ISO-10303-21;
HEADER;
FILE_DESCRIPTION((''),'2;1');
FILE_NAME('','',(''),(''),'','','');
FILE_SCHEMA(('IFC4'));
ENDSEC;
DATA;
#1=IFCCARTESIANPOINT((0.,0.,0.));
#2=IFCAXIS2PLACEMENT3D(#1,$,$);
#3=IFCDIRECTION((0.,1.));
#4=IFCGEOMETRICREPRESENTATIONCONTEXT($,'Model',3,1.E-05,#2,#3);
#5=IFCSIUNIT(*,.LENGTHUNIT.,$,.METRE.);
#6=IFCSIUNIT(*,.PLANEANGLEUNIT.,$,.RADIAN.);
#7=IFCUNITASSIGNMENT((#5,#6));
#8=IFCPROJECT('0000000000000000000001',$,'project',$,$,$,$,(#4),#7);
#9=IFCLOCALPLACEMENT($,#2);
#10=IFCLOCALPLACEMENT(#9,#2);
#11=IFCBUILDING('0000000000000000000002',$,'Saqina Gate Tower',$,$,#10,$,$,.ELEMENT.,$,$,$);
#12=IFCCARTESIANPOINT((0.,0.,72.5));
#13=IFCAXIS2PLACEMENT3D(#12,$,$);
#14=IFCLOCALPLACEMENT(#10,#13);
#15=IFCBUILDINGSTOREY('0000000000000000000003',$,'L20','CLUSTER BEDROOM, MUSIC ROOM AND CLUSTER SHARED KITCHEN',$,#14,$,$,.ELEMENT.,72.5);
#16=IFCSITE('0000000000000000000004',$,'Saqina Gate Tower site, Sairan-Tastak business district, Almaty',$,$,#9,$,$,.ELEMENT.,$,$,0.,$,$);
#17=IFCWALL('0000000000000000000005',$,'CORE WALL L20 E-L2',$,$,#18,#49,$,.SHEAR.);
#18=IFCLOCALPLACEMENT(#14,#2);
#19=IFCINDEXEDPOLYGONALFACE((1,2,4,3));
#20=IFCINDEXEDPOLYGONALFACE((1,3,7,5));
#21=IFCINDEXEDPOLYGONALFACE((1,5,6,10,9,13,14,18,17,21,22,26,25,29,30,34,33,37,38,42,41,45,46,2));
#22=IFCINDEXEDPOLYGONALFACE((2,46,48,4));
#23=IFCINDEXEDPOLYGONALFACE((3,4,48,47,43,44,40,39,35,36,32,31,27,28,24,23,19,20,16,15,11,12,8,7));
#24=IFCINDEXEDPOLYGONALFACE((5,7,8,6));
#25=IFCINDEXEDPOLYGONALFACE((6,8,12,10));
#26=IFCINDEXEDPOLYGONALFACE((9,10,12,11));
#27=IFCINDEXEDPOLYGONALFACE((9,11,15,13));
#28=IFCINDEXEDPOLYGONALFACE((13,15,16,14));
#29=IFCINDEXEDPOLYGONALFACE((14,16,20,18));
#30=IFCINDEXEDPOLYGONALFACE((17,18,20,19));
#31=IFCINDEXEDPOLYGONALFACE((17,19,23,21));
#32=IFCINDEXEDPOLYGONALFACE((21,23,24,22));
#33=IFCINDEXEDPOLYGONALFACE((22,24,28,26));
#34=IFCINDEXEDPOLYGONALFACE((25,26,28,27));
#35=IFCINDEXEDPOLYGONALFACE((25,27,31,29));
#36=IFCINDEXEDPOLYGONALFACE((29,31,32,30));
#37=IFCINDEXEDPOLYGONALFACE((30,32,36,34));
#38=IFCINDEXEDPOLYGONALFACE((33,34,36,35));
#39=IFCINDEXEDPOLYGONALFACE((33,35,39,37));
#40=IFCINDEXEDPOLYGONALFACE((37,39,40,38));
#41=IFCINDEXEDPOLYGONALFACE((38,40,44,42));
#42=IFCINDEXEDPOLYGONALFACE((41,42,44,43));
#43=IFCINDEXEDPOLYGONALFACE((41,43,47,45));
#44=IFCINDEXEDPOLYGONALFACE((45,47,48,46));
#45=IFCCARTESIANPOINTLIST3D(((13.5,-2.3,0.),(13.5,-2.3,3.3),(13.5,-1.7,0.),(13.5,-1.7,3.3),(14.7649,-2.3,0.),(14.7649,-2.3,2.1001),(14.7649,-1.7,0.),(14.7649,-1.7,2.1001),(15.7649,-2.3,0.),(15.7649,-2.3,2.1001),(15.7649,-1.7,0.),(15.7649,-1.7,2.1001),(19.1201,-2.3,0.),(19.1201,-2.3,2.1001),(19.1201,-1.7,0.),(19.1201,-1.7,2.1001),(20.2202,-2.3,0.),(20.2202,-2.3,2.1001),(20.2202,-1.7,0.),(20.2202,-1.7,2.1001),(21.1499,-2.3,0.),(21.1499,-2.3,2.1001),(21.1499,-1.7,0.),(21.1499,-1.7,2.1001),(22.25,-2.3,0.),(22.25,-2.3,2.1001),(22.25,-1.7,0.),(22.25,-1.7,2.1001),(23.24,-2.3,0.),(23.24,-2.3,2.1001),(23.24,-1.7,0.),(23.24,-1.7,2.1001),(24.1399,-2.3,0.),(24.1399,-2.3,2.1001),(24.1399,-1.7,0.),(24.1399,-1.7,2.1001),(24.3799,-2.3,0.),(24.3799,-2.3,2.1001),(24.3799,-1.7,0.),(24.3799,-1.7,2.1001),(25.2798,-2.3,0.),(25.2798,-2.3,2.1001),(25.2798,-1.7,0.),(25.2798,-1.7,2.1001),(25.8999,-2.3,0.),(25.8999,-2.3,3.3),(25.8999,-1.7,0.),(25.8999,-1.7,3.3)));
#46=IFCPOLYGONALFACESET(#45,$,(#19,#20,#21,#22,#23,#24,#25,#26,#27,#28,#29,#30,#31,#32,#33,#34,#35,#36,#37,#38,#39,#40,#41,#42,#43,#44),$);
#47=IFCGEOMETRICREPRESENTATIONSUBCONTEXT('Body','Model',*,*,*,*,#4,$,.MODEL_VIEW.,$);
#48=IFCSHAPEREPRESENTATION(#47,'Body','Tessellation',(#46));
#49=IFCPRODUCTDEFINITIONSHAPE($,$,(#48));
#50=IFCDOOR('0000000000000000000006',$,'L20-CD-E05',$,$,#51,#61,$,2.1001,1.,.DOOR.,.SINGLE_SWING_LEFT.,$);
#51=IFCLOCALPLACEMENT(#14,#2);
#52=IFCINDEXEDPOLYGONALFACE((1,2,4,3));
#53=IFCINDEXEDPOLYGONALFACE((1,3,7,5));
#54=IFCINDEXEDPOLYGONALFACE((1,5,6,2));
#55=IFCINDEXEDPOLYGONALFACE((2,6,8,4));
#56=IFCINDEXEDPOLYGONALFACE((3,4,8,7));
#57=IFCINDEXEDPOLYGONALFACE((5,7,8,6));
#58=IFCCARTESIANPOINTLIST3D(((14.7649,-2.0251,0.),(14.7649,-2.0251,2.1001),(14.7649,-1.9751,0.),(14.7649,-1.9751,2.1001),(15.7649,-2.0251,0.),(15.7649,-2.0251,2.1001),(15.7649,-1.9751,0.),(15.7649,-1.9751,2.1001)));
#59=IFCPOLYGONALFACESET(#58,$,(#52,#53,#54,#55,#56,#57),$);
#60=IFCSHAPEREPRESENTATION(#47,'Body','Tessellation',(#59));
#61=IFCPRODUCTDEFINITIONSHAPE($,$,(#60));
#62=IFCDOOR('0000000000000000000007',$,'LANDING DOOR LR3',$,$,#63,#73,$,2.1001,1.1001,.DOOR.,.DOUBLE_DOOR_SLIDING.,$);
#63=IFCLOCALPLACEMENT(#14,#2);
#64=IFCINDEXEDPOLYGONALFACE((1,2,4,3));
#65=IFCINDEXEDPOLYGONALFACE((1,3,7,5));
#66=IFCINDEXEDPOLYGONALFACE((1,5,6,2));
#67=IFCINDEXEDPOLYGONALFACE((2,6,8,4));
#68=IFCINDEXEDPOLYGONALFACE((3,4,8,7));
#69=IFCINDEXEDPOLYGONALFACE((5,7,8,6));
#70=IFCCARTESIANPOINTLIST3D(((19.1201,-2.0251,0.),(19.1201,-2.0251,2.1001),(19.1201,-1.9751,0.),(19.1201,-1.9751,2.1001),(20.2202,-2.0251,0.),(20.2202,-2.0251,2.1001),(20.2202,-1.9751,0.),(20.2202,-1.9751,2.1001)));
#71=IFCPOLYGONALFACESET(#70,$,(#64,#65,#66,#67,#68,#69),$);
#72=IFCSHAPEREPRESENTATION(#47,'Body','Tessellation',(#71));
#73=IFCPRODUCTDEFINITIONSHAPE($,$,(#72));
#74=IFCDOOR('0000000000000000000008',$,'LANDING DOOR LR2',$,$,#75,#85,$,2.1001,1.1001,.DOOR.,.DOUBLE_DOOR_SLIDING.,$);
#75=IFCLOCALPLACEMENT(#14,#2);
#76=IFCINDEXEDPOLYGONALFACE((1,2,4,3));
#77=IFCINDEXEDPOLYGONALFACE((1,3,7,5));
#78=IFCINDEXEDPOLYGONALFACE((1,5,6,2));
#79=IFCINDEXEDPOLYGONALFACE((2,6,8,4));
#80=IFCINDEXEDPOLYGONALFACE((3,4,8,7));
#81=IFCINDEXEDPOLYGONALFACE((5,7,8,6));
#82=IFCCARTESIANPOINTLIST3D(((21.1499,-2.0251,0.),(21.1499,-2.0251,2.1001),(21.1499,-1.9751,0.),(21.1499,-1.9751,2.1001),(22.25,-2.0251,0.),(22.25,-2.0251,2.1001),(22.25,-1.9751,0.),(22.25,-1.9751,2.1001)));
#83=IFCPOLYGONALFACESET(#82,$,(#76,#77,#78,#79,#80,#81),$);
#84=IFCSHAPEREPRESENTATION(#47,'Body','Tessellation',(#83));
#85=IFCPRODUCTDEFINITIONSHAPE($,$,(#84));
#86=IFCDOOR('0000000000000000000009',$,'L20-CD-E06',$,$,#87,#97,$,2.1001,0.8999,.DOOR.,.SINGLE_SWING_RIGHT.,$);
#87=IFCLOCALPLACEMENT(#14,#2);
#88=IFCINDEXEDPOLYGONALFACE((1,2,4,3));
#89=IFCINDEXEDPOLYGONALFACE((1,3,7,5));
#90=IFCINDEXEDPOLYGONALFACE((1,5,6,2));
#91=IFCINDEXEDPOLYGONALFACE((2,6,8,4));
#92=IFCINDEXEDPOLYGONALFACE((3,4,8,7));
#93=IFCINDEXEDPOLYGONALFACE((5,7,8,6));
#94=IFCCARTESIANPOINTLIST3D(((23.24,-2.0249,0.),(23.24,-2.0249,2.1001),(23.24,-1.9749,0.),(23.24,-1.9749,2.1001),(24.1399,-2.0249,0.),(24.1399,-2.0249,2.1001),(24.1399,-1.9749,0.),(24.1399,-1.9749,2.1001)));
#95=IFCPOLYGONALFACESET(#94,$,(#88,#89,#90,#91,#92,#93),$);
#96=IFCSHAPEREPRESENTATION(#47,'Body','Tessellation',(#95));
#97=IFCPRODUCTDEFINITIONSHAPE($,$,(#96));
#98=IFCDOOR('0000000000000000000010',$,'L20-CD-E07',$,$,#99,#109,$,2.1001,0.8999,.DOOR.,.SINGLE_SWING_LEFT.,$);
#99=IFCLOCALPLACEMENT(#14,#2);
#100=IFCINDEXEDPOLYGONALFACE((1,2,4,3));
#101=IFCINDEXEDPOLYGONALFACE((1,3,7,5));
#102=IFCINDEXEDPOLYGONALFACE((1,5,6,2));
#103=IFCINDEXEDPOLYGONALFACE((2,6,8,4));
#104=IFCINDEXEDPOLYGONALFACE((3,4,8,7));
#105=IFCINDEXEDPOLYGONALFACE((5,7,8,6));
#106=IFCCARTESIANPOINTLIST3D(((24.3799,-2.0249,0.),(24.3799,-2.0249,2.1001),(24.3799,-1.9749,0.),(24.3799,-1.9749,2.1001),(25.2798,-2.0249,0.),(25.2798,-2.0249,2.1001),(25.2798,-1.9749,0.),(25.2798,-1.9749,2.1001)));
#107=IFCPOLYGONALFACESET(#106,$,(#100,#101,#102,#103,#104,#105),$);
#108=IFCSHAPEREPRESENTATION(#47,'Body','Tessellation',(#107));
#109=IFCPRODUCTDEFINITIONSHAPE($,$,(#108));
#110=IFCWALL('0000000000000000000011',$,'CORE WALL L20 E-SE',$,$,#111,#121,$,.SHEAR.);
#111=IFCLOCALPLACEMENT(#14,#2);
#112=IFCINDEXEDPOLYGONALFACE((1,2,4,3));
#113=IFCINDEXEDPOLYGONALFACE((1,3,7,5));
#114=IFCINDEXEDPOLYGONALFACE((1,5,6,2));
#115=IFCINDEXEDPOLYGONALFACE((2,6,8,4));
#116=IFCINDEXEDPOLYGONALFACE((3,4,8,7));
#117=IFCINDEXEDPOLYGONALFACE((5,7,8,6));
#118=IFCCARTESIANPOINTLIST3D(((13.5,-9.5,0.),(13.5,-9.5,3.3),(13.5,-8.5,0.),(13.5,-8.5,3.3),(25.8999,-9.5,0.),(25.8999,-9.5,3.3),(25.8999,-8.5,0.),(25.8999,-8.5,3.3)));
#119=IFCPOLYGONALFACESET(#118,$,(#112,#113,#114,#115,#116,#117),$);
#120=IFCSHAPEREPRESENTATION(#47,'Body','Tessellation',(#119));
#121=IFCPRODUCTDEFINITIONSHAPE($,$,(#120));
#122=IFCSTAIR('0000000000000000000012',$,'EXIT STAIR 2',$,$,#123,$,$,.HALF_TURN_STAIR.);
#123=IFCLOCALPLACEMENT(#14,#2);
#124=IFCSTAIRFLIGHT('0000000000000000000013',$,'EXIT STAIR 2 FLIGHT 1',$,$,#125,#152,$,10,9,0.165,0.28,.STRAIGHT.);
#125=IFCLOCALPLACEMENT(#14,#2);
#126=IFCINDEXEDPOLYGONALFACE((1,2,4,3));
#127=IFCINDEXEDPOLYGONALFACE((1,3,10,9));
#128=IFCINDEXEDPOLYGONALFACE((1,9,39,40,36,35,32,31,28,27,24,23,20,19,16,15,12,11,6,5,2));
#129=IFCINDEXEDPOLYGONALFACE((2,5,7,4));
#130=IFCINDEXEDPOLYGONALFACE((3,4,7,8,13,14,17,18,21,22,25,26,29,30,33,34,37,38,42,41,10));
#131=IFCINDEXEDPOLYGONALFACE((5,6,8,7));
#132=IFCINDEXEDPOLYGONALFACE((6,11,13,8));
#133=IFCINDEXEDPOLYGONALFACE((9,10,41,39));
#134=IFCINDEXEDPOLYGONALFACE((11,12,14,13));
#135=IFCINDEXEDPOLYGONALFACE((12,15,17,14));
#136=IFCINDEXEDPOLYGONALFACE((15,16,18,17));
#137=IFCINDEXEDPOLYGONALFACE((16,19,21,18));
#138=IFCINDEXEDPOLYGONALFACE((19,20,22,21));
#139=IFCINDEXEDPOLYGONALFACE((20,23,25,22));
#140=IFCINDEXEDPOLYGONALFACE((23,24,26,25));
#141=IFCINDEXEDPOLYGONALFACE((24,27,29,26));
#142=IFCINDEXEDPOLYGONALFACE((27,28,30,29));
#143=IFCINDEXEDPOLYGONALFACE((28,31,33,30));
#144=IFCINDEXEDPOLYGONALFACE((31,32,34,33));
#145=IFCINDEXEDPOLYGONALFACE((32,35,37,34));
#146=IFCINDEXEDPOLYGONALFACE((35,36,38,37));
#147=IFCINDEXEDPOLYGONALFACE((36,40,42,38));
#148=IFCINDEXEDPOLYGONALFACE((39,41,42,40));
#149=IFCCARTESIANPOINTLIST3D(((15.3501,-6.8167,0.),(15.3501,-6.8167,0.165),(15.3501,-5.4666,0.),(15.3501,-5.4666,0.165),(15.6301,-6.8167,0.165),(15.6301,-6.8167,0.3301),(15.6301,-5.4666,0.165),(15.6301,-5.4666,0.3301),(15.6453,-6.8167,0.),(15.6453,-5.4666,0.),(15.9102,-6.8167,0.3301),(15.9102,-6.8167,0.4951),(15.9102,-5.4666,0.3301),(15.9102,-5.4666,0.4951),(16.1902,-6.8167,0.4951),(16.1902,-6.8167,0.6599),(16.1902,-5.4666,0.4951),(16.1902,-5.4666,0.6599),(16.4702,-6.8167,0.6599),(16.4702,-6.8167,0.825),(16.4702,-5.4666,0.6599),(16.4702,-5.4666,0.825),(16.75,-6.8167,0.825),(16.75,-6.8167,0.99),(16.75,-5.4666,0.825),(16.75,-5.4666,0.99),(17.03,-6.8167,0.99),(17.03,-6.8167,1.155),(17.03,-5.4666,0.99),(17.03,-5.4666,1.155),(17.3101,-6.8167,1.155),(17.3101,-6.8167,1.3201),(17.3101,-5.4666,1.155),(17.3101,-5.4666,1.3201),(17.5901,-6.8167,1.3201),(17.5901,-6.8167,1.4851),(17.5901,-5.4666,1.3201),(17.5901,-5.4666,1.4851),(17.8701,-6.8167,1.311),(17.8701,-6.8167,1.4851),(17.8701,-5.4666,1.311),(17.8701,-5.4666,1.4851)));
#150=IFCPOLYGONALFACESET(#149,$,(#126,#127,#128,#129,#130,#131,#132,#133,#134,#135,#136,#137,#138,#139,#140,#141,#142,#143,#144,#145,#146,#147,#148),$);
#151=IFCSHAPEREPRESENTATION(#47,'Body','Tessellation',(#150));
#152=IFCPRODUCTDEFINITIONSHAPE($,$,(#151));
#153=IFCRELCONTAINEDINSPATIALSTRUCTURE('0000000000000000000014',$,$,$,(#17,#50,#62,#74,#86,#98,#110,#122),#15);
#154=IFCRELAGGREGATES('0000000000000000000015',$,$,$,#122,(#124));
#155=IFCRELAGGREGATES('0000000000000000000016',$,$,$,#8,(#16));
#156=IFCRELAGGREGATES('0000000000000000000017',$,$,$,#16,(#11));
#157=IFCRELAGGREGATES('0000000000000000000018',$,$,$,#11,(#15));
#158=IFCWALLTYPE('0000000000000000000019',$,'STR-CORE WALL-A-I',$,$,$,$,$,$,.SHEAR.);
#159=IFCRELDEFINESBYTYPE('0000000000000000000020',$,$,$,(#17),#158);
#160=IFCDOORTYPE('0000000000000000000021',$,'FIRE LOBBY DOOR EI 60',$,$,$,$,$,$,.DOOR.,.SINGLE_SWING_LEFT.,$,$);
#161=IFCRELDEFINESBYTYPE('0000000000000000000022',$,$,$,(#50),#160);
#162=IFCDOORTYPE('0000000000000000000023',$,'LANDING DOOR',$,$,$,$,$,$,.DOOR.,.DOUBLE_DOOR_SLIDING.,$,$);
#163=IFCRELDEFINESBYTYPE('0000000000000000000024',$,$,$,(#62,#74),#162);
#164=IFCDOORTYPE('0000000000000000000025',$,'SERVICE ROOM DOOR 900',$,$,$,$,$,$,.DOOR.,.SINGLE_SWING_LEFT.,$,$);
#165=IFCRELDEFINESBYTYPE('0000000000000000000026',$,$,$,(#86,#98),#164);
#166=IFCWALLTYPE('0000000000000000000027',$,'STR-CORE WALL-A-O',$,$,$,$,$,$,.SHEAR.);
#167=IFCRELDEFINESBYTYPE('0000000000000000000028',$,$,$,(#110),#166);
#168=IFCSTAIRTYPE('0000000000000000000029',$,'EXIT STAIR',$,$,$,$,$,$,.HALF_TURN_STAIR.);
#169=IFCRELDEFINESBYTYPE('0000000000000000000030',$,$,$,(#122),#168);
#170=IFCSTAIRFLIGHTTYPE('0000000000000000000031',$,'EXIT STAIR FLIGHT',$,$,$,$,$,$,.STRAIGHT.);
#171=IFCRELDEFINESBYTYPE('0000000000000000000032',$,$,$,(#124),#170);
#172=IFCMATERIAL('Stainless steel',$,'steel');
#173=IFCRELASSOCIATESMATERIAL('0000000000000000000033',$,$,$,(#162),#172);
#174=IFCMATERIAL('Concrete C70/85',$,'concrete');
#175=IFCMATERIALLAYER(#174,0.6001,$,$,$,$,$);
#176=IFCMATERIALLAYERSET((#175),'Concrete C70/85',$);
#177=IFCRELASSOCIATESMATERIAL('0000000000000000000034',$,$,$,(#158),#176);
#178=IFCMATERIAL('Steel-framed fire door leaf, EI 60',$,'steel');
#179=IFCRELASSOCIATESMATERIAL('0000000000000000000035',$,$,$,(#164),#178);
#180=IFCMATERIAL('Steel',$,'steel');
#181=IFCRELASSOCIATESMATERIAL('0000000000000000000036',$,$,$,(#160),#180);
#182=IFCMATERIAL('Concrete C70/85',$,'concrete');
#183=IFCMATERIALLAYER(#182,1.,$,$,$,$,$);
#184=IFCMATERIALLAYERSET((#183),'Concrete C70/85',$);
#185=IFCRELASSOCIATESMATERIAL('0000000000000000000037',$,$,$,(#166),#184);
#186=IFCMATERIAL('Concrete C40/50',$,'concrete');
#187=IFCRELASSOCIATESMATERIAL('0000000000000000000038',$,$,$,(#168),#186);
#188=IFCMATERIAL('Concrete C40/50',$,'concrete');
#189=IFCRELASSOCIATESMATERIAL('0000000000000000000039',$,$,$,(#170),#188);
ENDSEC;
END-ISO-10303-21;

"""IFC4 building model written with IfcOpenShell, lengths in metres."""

from ifc_helpers import new_model, si_unit, direction, frame, frame_2d, origin, place, context, subcontext, project, spatial, polyline, rectangle, outline, extrude, material, layer, layer_set, type_object, element, fill, aggregate, save


model = new_model("IFC4")

# Units and contexts
model_context = context("Model", 3, precision=1e-05, world=origin(), true_north=direction((0.0, 1.0)))
body_context = subcontext(model_context, "Body", "Model", "MODEL_VIEW")
ifc_project = project(units=[si_unit("LENGTHUNIT", "METRE"), si_unit("PLANEANGLEUNIT", "RADIAN")], contexts=[model_context])

# Site, building, storey
site_placement = place(None, origin())
site = spatial("IfcSite", under=ifc_project, at=site_placement, Name="Saqina Gate Tower site, Sairan-Tastak business district, Almaty", CompositionType="ELEMENT", RefElevation=0.0)
building_placement = place(site_placement, origin())
building = spatial("IfcBuilding", under=site, at=building_placement, Name="Saqina Gate Tower", CompositionType="ELEMENT")
storey_placement = place(building_placement, frame((0.0, 0.0, 72.5)))
storey = spatial("IfcBuildingStorey", under=building, at=storey_placement, Name="L20", Description="CLUSTER BEDROOM, MUSIC ROOM AND CLUSTER SHARED KITCHEN", CompositionType="ELEMENT", Elevation=72.5)

# Shared definitions
ifc_material_1 = material(Name="Stainless steel", Category="steel")
door_type_1 = type_object("IfcDoorType", Name="LANDING DOOR", OperationType="DOUBLE_DOOR_SLIDING", PredefinedType="DOOR", material=ifc_material_1)

# Wall, openings, doors
ifc_material_2 = material(Name="Concrete C70/85", Category="concrete")
ifc_layer_1 = layer(ifc_material_2, 0.6001)
ifc_layer_set_1 = layer_set([ifc_layer_1], Name="Concrete C70/85")
wall_type_1 = type_object("IfcWallType", Name="STR-CORE WALL-A-I", PredefinedType="SHEAR", material=ifc_layer_set_1)
ifc_material_3 = material(Name="Steel-framed fire door leaf, EI 60", Category="steel")
door_type_2 = type_object("IfcDoorType", Name="SERVICE ROOM DOOR 900", OperationType="SINGLE_SWING_LEFT", PredefinedType="DOOR", material=ifc_material_3)
wall_1_placement = place(storey_placement, frame((13.5, -2.0, 0.0), z_axis=(0.0, 0.0, 1.0), x_axis=(1.0, 0.0, 0.0)))
wall_1 = element("IfcWall", 1, at=wall_1_placement, inside=storey, type_object=wall_type_1, Name="CORE WALL L20 E-L2", PredefinedType="SHEAR", context=body_context, shape_type="SweptSolid", body=[
    extrude(rectangle(XDim=12.3999, YDim=0.6001, at=frame_2d((6.2, 0.0))), origin(), (0.0, 0.0, 1.0), 3.3),
])
opening_1_placement = place(wall_1_placement, frame((5.6201, 0.0, 0.0)))
opening_1 = element("IfcOpeningElement", 2, at=opening_1_placement, cuts=wall_1, PredefinedType="OPENING", context=body_context, shape_type="SweptSolid", body=[
    extrude(rectangle(XDim=1.1001, YDim=2.1001, at=frame_2d((0.55, 1.05))), frame((0.0, 0.312, 0.0), z_axis=(0.0, -1.0, 0.0), x_axis=(1.0, 0.0, 0.0)), (0.0, 0.0, 1.0), 0.624),
])
opening_2_placement = place(wall_1_placement, frame((7.6499, 0.0, 0.0)))
opening_2 = element("IfcOpeningElement", 3, at=opening_2_placement, cuts=wall_1, PredefinedType="OPENING", context=body_context, shape_type="SweptSolid", body=[
    extrude(rectangle(XDim=1.1001, YDim=2.1001, at=frame_2d((0.55, 1.05))), frame((0.0, 0.312, 0.0), z_axis=(0.0, -1.0, 0.0), x_axis=(1.0, 0.0, 0.0)), (0.0, 0.0, 1.0), 0.624),
])
opening_3_placement = place(wall_1_placement, frame((1.2649, 0.0, 0.0)))
opening_3 = element("IfcOpeningElement", 4, at=opening_3_placement, cuts=wall_1, PredefinedType="OPENING", context=body_context, shape_type="SweptSolid", body=[
    extrude(rectangle(XDim=1.0, YDim=2.1001, at=frame_2d((0.5, 1.05))), frame((0.0, 0.312, 0.0), z_axis=(0.0, -1.0, 0.0), x_axis=(1.0, 0.0, 0.0)), (0.0, 0.0, 1.0), 0.624),
])
opening_4_placement = place(wall_1_placement, frame((9.74, 0.0, 0.0)))
opening_4 = element("IfcOpeningElement", 5, at=opening_4_placement, cuts=wall_1, PredefinedType="OPENING", context=body_context, shape_type="SweptSolid", body=[
    extrude(rectangle(XDim=0.8999, YDim=2.1001, at=frame_2d((0.45, 1.05))), frame((0.0, 0.312, 0.0), z_axis=(0.0, -1.0, 0.0), x_axis=(1.0, 0.0, 0.0)), (0.0, 0.0, 1.0), 0.624),
])
opening_5_placement = place(wall_1_placement, frame((10.8799, 0.0, 0.0)))
opening_5 = element("IfcOpeningElement", 6, at=opening_5_placement, cuts=wall_1, PredefinedType="OPENING", context=body_context, shape_type="SweptSolid", body=[
    extrude(rectangle(XDim=0.8999, YDim=2.1001, at=frame_2d((0.45, 1.05))), frame((0.0, 0.312, 0.0), z_axis=(0.0, -1.0, 0.0), x_axis=(1.0, 0.0, 0.0)), (0.0, 0.0, 1.0), 0.624),
])
ifc_material_4 = material(Name="Steel", Category="steel")
door_type_3 = type_object("IfcDoorType", Name="FIRE LOBBY DOOR EI 60", OperationType="SINGLE_SWING_LEFT", PredefinedType="DOOR", material=ifc_material_4)
door_1_placement = place(opening_3_placement, origin())
door_1 = element("IfcDoor", 7, at=door_1_placement, inside=storey, type_object=door_type_3, Name="L20-CD-E05", OperationType="SINGLE_SWING_LEFT", OverallHeight=2.1001, OverallWidth=1.0, PredefinedType="DOOR", context=body_context, shape_type="SweptSolid", body=[
    extrude(rectangle(XDim=1.0, YDim=2.1001, at=frame_2d((0.5, 1.05))), frame((0.0, 0.0249, 0.0), z_axis=(0.0, -1.0, 0.0), x_axis=(1.0, 0.0, 0.0)), (0.0, 0.0, 1.0), 0.05),
])
fill(opening_3, door_1)
door_2_placement = place(opening_1_placement, origin())
door_2 = element("IfcDoor", 8, at=door_2_placement, inside=storey, type_object=door_type_1, Name="LANDING DOOR LR3", OperationType="DOUBLE_DOOR_SLIDING", OverallHeight=2.1001, OverallWidth=1.1001, PredefinedType="DOOR", context=body_context, shape_type="SweptSolid", body=[
    extrude(rectangle(XDim=1.1001, YDim=2.1001, at=frame_2d((0.55, 1.05))), frame((0.0, 0.0249, 0.0), z_axis=(0.0, -1.0, 0.0), x_axis=(1.0, 0.0, 0.0)), (0.0, 0.0, 1.0), 0.05),
])
fill(opening_1, door_2)
door_3_placement = place(opening_2_placement, origin())
door_3 = element("IfcDoor", 9, at=door_3_placement, inside=storey, type_object=door_type_1, Name="LANDING DOOR LR2", OperationType="DOUBLE_DOOR_SLIDING", OverallHeight=2.1001, OverallWidth=1.1001, PredefinedType="DOOR", context=body_context, shape_type="SweptSolid", body=[
    extrude(rectangle(XDim=1.1001, YDim=2.1001, at=frame_2d((0.55, 1.05))), frame((0.0, 0.0249, 0.0), z_axis=(0.0, -1.0, 0.0), x_axis=(1.0, 0.0, 0.0)), (0.0, 0.0, 1.0), 0.05),
])
fill(opening_2, door_3)
door_4_placement = place(opening_4_placement, frame((0.8999, 0.0, 0.0), z_axis=(0.0, 0.0, 1.0), x_axis=(-1.0, 0.0, 0.0)))
door_4 = element("IfcDoor", 10, at=door_4_placement, inside=storey, type_object=door_type_2, Name="L20-CD-E06", OperationType="SINGLE_SWING_RIGHT", OverallHeight=2.1001, OverallWidth=0.8999, PredefinedType="DOOR", context=body_context, shape_type="SweptSolid", body=[
    extrude(rectangle(XDim=0.8999, YDim=2.1001, at=frame_2d((0.45, 1.05))), frame((0.0, 0.0249, 0.0), z_axis=(0.0, -1.0, 0.0), x_axis=(1.0, 0.0, 0.0)), (0.0, 0.0, 1.0), 0.05),
])
fill(opening_4, door_4)
door_5_placement = place(opening_5_placement, frame((0.8999, 0.0, 0.0), z_axis=(0.0, 0.0, 1.0), x_axis=(-1.0, 0.0, 0.0)))
door_5 = element("IfcDoor", 11, at=door_5_placement, inside=storey, type_object=door_type_2, Name="L20-CD-E07", OperationType="SINGLE_SWING_LEFT", OverallHeight=2.1001, OverallWidth=0.8999, PredefinedType="DOOR", context=body_context, shape_type="SweptSolid", body=[
    extrude(rectangle(XDim=0.8999, YDim=2.1001, at=frame_2d((0.45, 1.05))), frame((0.0, 0.0249, 0.0), z_axis=(0.0, -1.0, 0.0), x_axis=(1.0, 0.0, 0.0)), (0.0, 0.0, 1.0), 0.05),
])
fill(opening_5, door_5)
ifc_material_5 = material(Name="Concrete C70/85", Category="concrete")
ifc_layer_2 = layer(ifc_material_5, 1.0)
ifc_layer_set_2 = layer_set([ifc_layer_2], Name="Concrete C70/85")
wall_type_2 = type_object("IfcWallType", Name="STR-CORE WALL-A-O", PredefinedType="SHEAR", material=ifc_layer_set_2)

# Wall
wall_2_placement = place(storey_placement, frame((13.5, -9.0, 0.0), z_axis=(0.0, 0.0, 1.0), x_axis=(1.0, 0.0, 0.0)))
element("IfcWall", 12, at=wall_2_placement, inside=storey, type_object=wall_type_2, Name="CORE WALL L20 E-SE", PredefinedType="SHEAR", context=body_context, shape_type="SweptSolid", body=[
    extrude(rectangle(XDim=12.3999, YDim=1.0, at=frame_2d((6.2, 0.0))), origin(), (0.0, 0.0, 1.0), 3.3),
])

# Stair, stair flight
ifc_material_6 = material(Name="Concrete C40/50", Category="concrete")
stair_type = type_object("IfcStairType", Name="EXIT STAIR", PredefinedType="HALF_TURN_STAIR", material=ifc_material_6)
stair_placement = place(storey_placement, origin())
stair = element("IfcStair", 13, at=stair_placement, inside=storey, type_object=stair_type, Name="EXIT STAIR 2", PredefinedType="HALF_TURN_STAIR")
ifc_material_7 = material(Name="Concrete C40/50", Category="concrete")
stair_flight_type = type_object("IfcStairFlightType", Name="EXIT STAIR FLIGHT", PredefinedType="STRAIGHT", material=ifc_material_7)
stair_flight_1_placement = place(storey_placement, frame((15.3501, -6.1416, 0.0), z_axis=(0.0, 0.0, 1.0), x_axis=(1.0, 0.0, 0.0)))
stair_flight_1 = element("IfcStairFlight", 14, at=stair_flight_1_placement, type_object=stair_flight_type, Name="EXIT STAIR 2 FLIGHT 1", NumberOfRisers=10, NumberOfTreads=9, PredefinedType="STRAIGHT", RiserHeight=0.165, TreadLength=0.28, context=body_context, shape_type="SweptSolid", body=[
    extrude(outline(polyline([(0.0, 0.0), (0.0, 0.165), (0.28, 0.165), (0.28, 0.3301), (0.5601, 0.3301), (0.5601, 0.4951), (0.8401, 0.4951), (0.8401, 0.6599), (1.1201, 0.6599), (1.1201, 0.825), (1.3999, 0.825), (1.3999, 0.99), (1.6799, 0.99), (1.6799, 1.155), (1.96, 1.155), (1.96, 1.3201), (2.24, 1.3201), (2.24, 1.4851), (2.52, 1.4851), (2.52, 1.6499), (2.52, 1.311), (0.2952, 0.0), (0.0, 0.0)])), frame((0.0, 0.675, 0.0), z_axis=(0.0, -1.0, 0.0), x_axis=(1.0, 0.0, 0.0)), (0.0, 0.0, 1.0), 1.3501),
])
aggregate(stair, [stair_flight_1])

save(model, "model.ifc")
